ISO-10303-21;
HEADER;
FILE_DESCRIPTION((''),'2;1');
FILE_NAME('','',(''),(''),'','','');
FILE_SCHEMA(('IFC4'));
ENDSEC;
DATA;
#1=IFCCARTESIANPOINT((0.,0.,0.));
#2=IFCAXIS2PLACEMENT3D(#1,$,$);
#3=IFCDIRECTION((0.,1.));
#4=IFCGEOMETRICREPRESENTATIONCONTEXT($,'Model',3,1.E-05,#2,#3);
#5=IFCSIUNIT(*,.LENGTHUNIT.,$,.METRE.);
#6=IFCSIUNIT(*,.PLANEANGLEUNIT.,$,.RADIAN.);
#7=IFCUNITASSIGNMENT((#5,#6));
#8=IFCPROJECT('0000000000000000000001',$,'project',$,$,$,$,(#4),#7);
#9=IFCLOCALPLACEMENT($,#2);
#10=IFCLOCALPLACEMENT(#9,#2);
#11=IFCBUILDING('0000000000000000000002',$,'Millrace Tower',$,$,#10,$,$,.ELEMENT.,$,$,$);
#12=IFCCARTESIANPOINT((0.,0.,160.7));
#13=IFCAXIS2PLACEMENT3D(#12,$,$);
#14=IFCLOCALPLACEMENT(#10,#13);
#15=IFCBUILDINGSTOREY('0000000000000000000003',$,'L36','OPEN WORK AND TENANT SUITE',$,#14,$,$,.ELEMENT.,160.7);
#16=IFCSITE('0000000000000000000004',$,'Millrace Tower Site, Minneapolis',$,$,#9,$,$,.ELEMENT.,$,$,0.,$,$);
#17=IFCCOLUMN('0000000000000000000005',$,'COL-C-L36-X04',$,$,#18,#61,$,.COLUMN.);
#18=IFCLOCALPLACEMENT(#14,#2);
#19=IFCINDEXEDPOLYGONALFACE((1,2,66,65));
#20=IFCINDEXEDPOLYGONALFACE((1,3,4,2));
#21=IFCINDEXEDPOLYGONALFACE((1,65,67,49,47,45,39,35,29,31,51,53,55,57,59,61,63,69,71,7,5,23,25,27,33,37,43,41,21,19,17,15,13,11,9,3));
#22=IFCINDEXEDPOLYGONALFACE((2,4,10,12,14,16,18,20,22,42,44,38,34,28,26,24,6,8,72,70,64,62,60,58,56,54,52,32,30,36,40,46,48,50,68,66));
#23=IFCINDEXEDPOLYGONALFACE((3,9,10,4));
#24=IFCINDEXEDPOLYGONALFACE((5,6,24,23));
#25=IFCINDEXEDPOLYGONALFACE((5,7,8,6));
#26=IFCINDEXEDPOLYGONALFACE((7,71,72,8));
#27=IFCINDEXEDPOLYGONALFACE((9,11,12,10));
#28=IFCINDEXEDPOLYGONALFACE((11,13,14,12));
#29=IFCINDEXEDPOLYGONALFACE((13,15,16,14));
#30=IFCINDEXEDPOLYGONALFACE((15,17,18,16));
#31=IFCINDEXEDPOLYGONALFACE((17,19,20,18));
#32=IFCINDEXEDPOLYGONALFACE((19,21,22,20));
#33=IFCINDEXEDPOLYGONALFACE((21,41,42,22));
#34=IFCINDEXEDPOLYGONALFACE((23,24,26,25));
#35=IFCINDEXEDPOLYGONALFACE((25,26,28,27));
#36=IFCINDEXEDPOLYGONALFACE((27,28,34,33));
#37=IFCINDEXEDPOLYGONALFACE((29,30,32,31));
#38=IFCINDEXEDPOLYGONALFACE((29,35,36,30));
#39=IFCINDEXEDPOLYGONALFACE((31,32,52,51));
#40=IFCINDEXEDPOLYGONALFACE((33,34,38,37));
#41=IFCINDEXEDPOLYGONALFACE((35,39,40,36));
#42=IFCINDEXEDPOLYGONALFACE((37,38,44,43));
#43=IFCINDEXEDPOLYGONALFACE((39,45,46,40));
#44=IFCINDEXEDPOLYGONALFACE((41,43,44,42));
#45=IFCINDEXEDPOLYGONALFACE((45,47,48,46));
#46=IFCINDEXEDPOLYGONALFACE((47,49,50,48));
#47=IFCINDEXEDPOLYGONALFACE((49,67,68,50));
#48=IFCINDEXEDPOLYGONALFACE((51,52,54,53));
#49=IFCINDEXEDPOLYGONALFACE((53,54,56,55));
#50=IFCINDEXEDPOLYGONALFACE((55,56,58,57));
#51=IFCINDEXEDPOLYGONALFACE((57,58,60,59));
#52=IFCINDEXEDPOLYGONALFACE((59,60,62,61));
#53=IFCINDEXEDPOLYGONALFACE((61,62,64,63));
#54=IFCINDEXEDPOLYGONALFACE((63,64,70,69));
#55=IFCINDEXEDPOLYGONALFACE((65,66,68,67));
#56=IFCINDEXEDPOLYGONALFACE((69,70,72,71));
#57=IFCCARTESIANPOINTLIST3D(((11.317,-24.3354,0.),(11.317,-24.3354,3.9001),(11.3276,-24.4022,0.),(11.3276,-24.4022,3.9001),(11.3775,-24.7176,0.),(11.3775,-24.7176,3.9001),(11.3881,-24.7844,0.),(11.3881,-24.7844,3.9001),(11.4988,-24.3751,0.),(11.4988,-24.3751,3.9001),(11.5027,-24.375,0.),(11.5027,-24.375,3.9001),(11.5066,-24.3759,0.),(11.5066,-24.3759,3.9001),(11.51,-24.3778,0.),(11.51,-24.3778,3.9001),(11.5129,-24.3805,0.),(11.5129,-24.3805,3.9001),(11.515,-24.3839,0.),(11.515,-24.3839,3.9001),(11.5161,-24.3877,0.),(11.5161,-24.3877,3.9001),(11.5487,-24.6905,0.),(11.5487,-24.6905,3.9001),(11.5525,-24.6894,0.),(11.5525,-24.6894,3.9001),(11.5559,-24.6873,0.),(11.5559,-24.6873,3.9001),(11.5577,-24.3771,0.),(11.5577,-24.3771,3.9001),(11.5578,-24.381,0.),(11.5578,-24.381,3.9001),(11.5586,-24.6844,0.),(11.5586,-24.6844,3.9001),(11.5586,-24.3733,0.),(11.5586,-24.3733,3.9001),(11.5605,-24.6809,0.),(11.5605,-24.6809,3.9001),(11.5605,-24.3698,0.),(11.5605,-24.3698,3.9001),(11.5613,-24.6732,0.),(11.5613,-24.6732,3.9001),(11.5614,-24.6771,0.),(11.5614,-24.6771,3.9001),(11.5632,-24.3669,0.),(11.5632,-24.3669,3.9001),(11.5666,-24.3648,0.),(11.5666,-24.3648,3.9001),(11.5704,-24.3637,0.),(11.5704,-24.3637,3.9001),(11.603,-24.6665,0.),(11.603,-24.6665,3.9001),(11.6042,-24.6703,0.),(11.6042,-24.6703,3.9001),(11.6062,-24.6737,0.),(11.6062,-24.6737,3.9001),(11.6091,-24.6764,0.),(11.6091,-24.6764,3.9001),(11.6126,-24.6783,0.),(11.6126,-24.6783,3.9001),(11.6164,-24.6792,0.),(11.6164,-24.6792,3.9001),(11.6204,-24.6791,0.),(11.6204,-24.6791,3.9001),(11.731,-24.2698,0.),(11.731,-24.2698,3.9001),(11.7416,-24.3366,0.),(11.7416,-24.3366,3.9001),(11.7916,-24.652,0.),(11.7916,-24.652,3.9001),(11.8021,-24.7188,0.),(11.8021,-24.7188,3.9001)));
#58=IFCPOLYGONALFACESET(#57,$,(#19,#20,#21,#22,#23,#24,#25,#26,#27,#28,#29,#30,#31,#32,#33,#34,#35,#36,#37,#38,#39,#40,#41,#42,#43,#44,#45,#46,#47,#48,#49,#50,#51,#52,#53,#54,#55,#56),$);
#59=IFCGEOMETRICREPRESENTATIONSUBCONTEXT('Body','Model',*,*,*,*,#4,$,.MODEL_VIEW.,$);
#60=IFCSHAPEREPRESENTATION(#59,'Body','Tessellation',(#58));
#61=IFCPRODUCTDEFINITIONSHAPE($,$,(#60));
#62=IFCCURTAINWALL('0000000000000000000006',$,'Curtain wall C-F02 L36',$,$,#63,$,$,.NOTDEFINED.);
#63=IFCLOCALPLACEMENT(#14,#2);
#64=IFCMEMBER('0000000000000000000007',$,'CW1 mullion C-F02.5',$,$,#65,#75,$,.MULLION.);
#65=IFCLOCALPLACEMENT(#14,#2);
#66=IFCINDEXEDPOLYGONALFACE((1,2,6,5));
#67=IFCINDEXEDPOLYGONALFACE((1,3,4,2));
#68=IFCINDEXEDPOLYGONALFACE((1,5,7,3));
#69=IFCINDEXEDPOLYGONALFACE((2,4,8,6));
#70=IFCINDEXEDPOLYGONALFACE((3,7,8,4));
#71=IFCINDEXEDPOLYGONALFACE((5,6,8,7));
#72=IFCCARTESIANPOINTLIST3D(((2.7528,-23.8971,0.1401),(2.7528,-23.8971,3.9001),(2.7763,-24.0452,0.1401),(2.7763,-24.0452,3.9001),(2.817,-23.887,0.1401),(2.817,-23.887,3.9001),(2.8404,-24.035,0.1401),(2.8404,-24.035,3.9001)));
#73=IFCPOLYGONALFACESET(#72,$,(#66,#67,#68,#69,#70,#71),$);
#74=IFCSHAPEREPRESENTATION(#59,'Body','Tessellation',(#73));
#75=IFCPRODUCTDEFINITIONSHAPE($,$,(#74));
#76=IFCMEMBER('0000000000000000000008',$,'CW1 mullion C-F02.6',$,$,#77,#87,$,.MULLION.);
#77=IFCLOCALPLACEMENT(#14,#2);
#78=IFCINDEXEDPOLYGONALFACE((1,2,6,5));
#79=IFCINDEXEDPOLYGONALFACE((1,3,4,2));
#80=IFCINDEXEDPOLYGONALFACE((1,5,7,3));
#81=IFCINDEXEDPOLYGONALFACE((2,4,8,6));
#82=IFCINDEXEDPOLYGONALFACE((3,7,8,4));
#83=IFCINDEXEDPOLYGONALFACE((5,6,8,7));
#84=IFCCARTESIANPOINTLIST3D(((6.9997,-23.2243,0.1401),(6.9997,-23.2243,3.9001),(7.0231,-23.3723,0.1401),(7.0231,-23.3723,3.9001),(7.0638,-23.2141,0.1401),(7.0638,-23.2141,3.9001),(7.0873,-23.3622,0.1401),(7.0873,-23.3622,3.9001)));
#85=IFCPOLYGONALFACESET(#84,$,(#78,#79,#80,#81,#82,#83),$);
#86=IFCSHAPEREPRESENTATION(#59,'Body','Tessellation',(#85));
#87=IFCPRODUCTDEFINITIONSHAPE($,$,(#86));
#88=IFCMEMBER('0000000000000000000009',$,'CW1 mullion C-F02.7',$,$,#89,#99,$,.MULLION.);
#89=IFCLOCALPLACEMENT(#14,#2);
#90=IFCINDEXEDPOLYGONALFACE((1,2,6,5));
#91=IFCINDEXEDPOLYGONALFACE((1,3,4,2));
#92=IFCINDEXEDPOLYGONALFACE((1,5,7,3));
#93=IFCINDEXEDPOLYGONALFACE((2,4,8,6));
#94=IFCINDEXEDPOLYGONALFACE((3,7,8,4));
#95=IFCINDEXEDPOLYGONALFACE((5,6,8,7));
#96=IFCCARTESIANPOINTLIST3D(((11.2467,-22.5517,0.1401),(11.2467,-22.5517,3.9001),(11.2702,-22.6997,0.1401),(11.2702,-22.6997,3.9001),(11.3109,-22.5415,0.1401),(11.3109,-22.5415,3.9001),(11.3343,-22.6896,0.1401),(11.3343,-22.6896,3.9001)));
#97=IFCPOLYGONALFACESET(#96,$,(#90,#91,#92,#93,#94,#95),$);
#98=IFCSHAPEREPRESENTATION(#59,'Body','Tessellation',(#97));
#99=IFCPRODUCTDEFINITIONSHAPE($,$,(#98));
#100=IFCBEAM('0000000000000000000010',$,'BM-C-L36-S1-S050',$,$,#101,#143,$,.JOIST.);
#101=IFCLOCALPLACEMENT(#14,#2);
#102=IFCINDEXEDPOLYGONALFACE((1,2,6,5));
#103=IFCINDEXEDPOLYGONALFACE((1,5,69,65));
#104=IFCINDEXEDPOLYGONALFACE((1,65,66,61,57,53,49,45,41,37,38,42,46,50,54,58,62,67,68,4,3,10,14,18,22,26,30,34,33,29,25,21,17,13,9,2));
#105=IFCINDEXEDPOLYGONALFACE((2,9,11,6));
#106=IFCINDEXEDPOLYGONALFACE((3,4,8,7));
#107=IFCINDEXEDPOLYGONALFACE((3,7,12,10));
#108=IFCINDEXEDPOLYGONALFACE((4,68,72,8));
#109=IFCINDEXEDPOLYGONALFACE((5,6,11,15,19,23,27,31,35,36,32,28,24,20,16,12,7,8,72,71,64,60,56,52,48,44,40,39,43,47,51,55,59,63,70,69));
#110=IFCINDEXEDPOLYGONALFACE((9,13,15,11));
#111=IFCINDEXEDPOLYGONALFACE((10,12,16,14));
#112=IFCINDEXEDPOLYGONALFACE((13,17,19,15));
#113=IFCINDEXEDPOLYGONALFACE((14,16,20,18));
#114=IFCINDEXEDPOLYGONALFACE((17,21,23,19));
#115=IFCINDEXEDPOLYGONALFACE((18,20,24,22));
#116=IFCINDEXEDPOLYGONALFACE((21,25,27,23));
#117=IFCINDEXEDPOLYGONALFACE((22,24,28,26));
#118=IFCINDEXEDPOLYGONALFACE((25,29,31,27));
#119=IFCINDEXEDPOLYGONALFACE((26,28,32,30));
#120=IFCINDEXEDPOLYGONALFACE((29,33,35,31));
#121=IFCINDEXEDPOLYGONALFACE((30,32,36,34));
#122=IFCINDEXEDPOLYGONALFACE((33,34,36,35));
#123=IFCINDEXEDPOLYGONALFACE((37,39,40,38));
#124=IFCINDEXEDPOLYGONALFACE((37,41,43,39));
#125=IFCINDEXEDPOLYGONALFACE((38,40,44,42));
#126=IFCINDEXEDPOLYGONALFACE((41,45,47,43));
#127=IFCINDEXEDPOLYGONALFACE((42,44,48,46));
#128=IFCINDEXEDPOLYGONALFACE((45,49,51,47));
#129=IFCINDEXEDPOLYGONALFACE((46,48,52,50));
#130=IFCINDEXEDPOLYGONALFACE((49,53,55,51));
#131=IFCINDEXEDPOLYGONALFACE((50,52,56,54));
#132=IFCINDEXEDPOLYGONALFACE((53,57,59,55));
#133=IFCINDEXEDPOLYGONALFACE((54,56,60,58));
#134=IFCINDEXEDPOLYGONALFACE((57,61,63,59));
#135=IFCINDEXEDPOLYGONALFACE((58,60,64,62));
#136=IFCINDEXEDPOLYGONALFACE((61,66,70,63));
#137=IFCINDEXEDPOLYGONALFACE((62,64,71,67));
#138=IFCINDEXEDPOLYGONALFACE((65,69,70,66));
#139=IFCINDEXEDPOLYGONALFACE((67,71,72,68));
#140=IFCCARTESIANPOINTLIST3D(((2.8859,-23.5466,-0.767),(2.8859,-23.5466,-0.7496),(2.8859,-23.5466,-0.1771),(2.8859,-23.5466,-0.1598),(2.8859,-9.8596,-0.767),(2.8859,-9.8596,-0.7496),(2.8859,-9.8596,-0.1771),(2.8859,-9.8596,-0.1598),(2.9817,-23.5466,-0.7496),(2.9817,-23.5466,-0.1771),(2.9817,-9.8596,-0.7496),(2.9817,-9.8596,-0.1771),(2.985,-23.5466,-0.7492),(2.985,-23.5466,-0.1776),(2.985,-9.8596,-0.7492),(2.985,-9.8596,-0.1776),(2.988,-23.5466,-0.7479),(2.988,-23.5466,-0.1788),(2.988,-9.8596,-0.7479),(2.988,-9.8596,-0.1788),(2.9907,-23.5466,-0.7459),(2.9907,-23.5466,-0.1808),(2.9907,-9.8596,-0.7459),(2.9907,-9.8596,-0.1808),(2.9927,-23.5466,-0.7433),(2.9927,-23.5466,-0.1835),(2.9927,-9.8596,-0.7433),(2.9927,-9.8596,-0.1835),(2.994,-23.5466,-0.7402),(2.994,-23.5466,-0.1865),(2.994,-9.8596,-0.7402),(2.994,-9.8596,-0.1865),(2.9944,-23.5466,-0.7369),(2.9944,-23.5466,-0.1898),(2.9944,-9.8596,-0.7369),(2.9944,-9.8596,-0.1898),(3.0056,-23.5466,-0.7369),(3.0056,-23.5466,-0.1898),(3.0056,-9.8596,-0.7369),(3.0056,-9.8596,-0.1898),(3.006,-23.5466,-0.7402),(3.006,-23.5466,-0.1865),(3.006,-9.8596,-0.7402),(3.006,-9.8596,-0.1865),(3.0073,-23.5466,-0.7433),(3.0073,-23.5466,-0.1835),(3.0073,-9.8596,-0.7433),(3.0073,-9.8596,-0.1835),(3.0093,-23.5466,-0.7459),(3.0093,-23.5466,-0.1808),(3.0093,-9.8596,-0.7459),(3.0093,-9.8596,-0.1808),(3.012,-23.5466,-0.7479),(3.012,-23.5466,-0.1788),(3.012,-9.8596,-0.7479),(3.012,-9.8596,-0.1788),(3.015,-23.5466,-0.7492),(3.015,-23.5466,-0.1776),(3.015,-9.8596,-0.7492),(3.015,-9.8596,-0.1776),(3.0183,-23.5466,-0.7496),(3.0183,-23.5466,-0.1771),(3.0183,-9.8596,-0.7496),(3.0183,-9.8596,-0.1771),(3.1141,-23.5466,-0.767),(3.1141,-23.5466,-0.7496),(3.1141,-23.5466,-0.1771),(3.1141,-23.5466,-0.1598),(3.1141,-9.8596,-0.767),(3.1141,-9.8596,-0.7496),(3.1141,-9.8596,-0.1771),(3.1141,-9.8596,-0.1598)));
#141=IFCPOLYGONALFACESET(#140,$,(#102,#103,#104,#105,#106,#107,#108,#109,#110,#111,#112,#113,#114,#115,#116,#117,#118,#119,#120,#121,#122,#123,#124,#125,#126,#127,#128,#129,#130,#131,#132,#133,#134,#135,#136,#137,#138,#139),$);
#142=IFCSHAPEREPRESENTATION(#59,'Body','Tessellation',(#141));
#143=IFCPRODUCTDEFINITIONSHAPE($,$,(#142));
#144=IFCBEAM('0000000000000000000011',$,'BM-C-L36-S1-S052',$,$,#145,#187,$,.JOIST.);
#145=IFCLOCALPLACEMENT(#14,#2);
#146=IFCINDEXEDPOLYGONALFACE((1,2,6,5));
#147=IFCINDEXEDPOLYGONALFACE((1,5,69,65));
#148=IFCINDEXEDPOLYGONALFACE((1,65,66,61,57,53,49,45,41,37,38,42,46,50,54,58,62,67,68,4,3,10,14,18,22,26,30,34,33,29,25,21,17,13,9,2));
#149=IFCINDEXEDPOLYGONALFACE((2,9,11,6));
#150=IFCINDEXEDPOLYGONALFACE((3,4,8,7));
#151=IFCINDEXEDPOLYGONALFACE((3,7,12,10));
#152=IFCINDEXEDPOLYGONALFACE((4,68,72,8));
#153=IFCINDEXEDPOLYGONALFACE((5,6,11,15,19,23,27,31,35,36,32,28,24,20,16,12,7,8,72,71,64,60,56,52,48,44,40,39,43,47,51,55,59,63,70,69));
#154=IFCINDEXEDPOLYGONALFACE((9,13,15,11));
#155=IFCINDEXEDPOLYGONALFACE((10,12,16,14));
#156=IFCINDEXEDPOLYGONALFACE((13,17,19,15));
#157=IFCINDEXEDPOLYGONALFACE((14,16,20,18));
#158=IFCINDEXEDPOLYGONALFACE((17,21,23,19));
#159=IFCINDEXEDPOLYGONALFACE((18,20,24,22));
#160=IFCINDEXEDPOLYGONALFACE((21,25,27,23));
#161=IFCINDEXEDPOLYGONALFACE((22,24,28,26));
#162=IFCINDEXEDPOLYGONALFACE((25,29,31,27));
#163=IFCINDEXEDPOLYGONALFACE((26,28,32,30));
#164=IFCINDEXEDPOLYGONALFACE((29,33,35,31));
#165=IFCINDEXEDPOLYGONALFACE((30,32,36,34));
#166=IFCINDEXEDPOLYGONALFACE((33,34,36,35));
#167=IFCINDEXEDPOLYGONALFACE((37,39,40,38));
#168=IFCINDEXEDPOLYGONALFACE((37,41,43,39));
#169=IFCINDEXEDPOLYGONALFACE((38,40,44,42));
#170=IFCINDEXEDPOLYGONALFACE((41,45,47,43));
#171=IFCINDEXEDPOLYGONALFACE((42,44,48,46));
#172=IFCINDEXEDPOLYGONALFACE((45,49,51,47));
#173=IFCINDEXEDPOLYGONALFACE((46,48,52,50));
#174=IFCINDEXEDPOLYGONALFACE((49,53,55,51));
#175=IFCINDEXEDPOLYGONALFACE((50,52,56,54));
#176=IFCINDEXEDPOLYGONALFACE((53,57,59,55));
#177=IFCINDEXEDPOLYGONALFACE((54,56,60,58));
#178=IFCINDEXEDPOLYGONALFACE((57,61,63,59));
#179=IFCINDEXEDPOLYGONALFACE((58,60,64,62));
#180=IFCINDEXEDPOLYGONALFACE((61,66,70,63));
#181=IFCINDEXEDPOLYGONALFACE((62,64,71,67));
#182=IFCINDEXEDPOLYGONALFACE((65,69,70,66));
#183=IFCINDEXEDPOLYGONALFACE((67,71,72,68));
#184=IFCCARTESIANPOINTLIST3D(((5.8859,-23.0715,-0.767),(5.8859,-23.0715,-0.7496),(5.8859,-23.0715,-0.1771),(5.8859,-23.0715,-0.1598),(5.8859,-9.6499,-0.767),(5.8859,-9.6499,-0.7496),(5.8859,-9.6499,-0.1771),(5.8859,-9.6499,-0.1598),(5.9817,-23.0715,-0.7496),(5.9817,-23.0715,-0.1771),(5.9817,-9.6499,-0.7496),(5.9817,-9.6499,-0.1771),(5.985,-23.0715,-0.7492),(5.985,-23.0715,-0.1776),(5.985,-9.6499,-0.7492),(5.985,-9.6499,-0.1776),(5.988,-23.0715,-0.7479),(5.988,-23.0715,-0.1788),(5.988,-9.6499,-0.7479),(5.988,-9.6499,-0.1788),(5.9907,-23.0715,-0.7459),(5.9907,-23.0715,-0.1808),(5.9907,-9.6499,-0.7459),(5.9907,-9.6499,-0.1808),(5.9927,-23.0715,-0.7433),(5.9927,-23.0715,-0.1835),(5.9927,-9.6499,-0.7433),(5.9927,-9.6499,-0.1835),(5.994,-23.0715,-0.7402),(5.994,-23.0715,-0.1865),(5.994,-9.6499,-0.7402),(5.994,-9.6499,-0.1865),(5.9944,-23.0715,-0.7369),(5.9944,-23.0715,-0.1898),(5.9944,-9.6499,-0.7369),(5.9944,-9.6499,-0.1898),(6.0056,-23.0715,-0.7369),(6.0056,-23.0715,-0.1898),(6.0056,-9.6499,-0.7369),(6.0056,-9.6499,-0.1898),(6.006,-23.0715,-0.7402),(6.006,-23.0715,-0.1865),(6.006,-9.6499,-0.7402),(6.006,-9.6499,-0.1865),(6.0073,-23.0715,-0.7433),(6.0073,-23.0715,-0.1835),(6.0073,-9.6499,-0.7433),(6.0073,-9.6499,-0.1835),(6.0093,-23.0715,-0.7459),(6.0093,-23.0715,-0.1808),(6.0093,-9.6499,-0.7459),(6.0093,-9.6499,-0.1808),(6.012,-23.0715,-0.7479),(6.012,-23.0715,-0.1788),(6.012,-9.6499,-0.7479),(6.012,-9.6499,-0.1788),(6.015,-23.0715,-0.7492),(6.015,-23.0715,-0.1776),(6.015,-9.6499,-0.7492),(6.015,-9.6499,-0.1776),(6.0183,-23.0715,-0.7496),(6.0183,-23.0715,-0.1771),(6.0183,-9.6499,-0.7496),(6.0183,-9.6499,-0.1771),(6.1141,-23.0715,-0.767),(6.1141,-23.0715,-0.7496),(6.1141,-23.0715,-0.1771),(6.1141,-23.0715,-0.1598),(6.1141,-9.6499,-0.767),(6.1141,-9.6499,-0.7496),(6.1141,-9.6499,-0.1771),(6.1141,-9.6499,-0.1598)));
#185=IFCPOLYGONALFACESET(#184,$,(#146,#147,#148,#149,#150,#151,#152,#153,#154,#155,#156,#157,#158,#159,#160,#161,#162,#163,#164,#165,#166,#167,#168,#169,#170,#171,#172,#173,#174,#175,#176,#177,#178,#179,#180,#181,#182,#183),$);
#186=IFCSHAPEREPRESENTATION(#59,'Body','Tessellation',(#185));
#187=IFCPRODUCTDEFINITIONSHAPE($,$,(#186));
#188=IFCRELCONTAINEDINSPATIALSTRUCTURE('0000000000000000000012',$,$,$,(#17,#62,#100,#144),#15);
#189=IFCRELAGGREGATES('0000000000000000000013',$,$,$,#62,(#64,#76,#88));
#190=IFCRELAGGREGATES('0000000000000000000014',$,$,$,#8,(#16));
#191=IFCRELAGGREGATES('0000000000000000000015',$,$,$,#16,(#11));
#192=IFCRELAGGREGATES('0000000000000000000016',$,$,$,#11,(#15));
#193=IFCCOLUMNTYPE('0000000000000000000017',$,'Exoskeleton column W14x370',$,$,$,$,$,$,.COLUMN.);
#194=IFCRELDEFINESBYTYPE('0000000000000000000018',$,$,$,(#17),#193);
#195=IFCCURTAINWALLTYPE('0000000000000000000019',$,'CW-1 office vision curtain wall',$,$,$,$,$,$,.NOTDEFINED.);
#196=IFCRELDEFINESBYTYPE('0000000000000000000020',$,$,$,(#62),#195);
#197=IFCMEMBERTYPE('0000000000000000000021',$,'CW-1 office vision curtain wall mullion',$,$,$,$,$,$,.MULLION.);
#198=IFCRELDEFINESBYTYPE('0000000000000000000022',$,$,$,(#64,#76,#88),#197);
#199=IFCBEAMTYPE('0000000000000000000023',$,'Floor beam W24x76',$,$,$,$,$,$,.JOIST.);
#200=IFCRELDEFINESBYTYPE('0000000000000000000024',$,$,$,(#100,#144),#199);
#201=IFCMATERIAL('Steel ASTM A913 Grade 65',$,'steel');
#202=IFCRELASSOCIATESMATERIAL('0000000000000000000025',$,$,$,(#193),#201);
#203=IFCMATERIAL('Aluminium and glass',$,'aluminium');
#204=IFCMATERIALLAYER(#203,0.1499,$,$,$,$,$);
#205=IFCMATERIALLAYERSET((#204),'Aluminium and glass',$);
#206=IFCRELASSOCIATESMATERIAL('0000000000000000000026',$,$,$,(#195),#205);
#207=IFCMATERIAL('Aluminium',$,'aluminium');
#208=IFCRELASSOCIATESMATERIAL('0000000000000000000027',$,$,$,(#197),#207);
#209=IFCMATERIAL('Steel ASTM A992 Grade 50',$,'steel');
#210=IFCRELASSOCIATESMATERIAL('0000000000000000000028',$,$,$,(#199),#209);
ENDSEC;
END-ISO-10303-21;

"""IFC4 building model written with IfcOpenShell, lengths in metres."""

from ifc_helpers import new_model, si_unit, direction, frame, origin, origin_2d, place, context, subcontext, project, spatial, rectangle, i_section, extrude, material, layer, layer_set, material_profile, profile_set, type_object, element, aggregate, save


model = new_model("IFC4")

# Units and contexts
model_context = context("Model", 3, precision=1e-05, world=origin(), true_north=direction((0.0, 1.0)))
body_context = subcontext(model_context, "Body", "Model", "MODEL_VIEW")
ifc_project = project(units=[si_unit("LENGTHUNIT", "METRE"), si_unit("PLANEANGLEUNIT", "RADIAN")], contexts=[model_context])

# Site, building, storey
site_placement = place(None, origin())
site = spatial("IfcSite", under=ifc_project, at=site_placement, Name="Millrace Tower Site, Minneapolis", CompositionType="ELEMENT", RefElevation=0.0)
building_placement = place(site_placement, origin())
building = spatial("IfcBuilding", under=site, at=building_placement, Name="Millrace Tower", CompositionType="ELEMENT")
storey_placement = place(building_placement, frame((0.0, 0.0, 160.7)))
storey = spatial("IfcBuildingStorey", under=building, at=storey_placement, Name="L36", Description="OPEN WORK AND TENANT SUITE", CompositionType="ELEMENT", Elevation=160.7)

# Column
ifc_material_1 = material(Name="Steel ASTM A913 Grade 65", Category="steel")
ifc_material_profile_1 = material_profile(ifc_material_1, i_section(OverallWidth=0.4192, OverallDepth=0.4546, WebThickness=0.0422, FlangeThickness=0.0676, FilletRadius=0.0151, at=origin_2d()))
ifc_profile_set_1 = profile_set([ifc_material_profile_1], Name="Steel ASTM A913 Grade 65")
column_type = type_object("IfcColumnType", Name="Exoskeleton column W14x370", PredefinedType="COLUMN", material=ifc_profile_set_1)
column_placement = place(storey_placement, frame((11.5596, -24.5271, 0.0), z_axis=(0.0, 0.0, 1.0), x_axis=(0.987688, 0.156434, 0.0)))
element("IfcColumn", 1, at=column_placement, inside=storey, type_object=column_type, Name="COL-C-L36-X04", PredefinedType="COLUMN", context=body_context, shape_type="SweptSolid", body=[
    extrude(i_section(OverallWidth=0.4192, OverallDepth=0.4546, WebThickness=0.0422, FlangeThickness=0.0676, FilletRadius=0.0151, at=origin_2d()), origin(), (0.0, 0.0, 1.0), 3.9001),
])

# Curtain wall, members
ifc_material_2 = material(Name="Aluminium and glass", Category="aluminium")
ifc_layer_1 = layer(ifc_material_2, 0.1499)
ifc_layer_set_1 = layer_set([ifc_layer_1], Name="Aluminium and glass")
curtain_wall_type = type_object("IfcCurtainWallType", Name="CW-1 office vision curtain wall", PredefinedType="NOTDEFINED", material=ifc_layer_set_1)
placement = place(storey_placement, origin())
curtain_wall = element("IfcCurtainWall", 2, at=placement, inside=storey, type_object=curtain_wall_type, Name="Curtain wall C-F02 L36", PredefinedType="NOTDEFINED")
ifc_material_3 = material(Name="Aluminium", Category="aluminium")
ifc_material_profile_2 = material_profile(ifc_material_3, rectangle(XDim=0.0649, YDim=0.1499, at=origin_2d()))
ifc_profile_set_2 = profile_set([ifc_material_profile_2], Name="Aluminium")
member_type = type_object("IfcMemberType", Name="CW-1 office vision curtain wall mullion", PredefinedType="MULLION", material=ifc_profile_set_2)
member_1_placement = place(storey_placement, frame((2.7966, -23.9661, 0.1401), z_axis=(0.0, 0.0, 1.0), x_axis=(0.987688, 0.156434, 0.0)))
member_1 = element("IfcMember", 3, at=member_1_placement, type_object=member_type, Name="CW1 mullion C-F02.5", PredefinedType="MULLION", context=body_context, shape_type="SweptSolid", body=[
    extrude(rectangle(XDim=0.0649, YDim=0.1499, at=origin_2d()), origin(), (0.0, 0.0, 1.0), 3.76),
])
member_2_placement = place(storey_placement, frame((7.0435, -23.2932, 0.1401), z_axis=(0.0, 0.0, 1.0), x_axis=(0.987688, 0.156434, 0.0)))
member_2 = element("IfcMember", 4, at=member_2_placement, type_object=member_type, Name="CW1 mullion C-F02.6", PredefinedType="MULLION", context=body_context, shape_type="SweptSolid", body=[
    extrude(rectangle(XDim=0.0649, YDim=0.1499, at=origin_2d()), origin(), (0.0, 0.0, 1.0), 3.76),
])
member_3_placement = place(storey_placement, frame((11.2905, -22.6206, 0.1401), z_axis=(0.0, 0.0, 1.0), x_axis=(0.987688, 0.156434, 0.0)))
member_3 = element("IfcMember", 5, at=member_3_placement, type_object=member_type, Name="CW1 mullion C-F02.7", PredefinedType="MULLION", context=body_context, shape_type="SweptSolid", body=[
    extrude(rectangle(XDim=0.0649, YDim=0.1499, at=origin_2d()), origin(), (0.0, 0.0, 1.0), 3.76),
])
aggregate(curtain_wall, [member_1, member_2, member_3])

# Beams
ifc_material_4 = material(Name="Steel ASTM A992 Grade 50", Category="steel")
ifc_material_profile_3 = material_profile(ifc_material_4, i_section(OverallWidth=0.2283, OverallDepth=0.6072, WebThickness=0.0112, FlangeThickness=0.0173, FilletRadius=0.0127, at=origin_2d()))
ifc_profile_set_3 = profile_set([ifc_material_profile_3], Name="Steel ASTM A992 Grade 50")
beam_type_1 = type_object("IfcBeamType", Name="Floor beam W24x76", PredefinedType="JOIST", material=ifc_profile_set_3)
beam_1_placement = place(storey_placement, frame((3.0, -23.5466, -0.4634), z_axis=(0.0, 1.0, 0.0), x_axis=(-1.0, 0.0, 0.0)))
element("IfcBeam", 6, at=beam_1_placement, inside=storey, type_object=beam_type_1, Name="BM-C-L36-S1-S050", PredefinedType="JOIST", context=body_context, shape_type="SweptSolid", body=[
    extrude(i_section(OverallWidth=0.2283, OverallDepth=0.6072, WebThickness=0.0112, FlangeThickness=0.0173, FilletRadius=0.0127, at=origin_2d()), origin(), (0.0, 0.0, 1.0), 13.687),
])
beam_2_placement = place(storey_placement, frame((6.0, -23.0715, -0.4634), z_axis=(0.0, 1.0, 0.0), x_axis=(-1.0, 0.0, 0.0)))
element("IfcBeam", 7, at=beam_2_placement, inside=storey, type_object=beam_type_1, Name="BM-C-L36-S1-S052", PredefinedType="JOIST", context=body_context, shape_type="SweptSolid", body=[
    extrude(i_section(OverallWidth=0.2283, OverallDepth=0.6072, WebThickness=0.0112, FlangeThickness=0.0173, FilletRadius=0.0127, at=origin_2d()), origin(), (0.0, 0.0, 1.0), 13.4216),
])

save(model, "model.ifc")
